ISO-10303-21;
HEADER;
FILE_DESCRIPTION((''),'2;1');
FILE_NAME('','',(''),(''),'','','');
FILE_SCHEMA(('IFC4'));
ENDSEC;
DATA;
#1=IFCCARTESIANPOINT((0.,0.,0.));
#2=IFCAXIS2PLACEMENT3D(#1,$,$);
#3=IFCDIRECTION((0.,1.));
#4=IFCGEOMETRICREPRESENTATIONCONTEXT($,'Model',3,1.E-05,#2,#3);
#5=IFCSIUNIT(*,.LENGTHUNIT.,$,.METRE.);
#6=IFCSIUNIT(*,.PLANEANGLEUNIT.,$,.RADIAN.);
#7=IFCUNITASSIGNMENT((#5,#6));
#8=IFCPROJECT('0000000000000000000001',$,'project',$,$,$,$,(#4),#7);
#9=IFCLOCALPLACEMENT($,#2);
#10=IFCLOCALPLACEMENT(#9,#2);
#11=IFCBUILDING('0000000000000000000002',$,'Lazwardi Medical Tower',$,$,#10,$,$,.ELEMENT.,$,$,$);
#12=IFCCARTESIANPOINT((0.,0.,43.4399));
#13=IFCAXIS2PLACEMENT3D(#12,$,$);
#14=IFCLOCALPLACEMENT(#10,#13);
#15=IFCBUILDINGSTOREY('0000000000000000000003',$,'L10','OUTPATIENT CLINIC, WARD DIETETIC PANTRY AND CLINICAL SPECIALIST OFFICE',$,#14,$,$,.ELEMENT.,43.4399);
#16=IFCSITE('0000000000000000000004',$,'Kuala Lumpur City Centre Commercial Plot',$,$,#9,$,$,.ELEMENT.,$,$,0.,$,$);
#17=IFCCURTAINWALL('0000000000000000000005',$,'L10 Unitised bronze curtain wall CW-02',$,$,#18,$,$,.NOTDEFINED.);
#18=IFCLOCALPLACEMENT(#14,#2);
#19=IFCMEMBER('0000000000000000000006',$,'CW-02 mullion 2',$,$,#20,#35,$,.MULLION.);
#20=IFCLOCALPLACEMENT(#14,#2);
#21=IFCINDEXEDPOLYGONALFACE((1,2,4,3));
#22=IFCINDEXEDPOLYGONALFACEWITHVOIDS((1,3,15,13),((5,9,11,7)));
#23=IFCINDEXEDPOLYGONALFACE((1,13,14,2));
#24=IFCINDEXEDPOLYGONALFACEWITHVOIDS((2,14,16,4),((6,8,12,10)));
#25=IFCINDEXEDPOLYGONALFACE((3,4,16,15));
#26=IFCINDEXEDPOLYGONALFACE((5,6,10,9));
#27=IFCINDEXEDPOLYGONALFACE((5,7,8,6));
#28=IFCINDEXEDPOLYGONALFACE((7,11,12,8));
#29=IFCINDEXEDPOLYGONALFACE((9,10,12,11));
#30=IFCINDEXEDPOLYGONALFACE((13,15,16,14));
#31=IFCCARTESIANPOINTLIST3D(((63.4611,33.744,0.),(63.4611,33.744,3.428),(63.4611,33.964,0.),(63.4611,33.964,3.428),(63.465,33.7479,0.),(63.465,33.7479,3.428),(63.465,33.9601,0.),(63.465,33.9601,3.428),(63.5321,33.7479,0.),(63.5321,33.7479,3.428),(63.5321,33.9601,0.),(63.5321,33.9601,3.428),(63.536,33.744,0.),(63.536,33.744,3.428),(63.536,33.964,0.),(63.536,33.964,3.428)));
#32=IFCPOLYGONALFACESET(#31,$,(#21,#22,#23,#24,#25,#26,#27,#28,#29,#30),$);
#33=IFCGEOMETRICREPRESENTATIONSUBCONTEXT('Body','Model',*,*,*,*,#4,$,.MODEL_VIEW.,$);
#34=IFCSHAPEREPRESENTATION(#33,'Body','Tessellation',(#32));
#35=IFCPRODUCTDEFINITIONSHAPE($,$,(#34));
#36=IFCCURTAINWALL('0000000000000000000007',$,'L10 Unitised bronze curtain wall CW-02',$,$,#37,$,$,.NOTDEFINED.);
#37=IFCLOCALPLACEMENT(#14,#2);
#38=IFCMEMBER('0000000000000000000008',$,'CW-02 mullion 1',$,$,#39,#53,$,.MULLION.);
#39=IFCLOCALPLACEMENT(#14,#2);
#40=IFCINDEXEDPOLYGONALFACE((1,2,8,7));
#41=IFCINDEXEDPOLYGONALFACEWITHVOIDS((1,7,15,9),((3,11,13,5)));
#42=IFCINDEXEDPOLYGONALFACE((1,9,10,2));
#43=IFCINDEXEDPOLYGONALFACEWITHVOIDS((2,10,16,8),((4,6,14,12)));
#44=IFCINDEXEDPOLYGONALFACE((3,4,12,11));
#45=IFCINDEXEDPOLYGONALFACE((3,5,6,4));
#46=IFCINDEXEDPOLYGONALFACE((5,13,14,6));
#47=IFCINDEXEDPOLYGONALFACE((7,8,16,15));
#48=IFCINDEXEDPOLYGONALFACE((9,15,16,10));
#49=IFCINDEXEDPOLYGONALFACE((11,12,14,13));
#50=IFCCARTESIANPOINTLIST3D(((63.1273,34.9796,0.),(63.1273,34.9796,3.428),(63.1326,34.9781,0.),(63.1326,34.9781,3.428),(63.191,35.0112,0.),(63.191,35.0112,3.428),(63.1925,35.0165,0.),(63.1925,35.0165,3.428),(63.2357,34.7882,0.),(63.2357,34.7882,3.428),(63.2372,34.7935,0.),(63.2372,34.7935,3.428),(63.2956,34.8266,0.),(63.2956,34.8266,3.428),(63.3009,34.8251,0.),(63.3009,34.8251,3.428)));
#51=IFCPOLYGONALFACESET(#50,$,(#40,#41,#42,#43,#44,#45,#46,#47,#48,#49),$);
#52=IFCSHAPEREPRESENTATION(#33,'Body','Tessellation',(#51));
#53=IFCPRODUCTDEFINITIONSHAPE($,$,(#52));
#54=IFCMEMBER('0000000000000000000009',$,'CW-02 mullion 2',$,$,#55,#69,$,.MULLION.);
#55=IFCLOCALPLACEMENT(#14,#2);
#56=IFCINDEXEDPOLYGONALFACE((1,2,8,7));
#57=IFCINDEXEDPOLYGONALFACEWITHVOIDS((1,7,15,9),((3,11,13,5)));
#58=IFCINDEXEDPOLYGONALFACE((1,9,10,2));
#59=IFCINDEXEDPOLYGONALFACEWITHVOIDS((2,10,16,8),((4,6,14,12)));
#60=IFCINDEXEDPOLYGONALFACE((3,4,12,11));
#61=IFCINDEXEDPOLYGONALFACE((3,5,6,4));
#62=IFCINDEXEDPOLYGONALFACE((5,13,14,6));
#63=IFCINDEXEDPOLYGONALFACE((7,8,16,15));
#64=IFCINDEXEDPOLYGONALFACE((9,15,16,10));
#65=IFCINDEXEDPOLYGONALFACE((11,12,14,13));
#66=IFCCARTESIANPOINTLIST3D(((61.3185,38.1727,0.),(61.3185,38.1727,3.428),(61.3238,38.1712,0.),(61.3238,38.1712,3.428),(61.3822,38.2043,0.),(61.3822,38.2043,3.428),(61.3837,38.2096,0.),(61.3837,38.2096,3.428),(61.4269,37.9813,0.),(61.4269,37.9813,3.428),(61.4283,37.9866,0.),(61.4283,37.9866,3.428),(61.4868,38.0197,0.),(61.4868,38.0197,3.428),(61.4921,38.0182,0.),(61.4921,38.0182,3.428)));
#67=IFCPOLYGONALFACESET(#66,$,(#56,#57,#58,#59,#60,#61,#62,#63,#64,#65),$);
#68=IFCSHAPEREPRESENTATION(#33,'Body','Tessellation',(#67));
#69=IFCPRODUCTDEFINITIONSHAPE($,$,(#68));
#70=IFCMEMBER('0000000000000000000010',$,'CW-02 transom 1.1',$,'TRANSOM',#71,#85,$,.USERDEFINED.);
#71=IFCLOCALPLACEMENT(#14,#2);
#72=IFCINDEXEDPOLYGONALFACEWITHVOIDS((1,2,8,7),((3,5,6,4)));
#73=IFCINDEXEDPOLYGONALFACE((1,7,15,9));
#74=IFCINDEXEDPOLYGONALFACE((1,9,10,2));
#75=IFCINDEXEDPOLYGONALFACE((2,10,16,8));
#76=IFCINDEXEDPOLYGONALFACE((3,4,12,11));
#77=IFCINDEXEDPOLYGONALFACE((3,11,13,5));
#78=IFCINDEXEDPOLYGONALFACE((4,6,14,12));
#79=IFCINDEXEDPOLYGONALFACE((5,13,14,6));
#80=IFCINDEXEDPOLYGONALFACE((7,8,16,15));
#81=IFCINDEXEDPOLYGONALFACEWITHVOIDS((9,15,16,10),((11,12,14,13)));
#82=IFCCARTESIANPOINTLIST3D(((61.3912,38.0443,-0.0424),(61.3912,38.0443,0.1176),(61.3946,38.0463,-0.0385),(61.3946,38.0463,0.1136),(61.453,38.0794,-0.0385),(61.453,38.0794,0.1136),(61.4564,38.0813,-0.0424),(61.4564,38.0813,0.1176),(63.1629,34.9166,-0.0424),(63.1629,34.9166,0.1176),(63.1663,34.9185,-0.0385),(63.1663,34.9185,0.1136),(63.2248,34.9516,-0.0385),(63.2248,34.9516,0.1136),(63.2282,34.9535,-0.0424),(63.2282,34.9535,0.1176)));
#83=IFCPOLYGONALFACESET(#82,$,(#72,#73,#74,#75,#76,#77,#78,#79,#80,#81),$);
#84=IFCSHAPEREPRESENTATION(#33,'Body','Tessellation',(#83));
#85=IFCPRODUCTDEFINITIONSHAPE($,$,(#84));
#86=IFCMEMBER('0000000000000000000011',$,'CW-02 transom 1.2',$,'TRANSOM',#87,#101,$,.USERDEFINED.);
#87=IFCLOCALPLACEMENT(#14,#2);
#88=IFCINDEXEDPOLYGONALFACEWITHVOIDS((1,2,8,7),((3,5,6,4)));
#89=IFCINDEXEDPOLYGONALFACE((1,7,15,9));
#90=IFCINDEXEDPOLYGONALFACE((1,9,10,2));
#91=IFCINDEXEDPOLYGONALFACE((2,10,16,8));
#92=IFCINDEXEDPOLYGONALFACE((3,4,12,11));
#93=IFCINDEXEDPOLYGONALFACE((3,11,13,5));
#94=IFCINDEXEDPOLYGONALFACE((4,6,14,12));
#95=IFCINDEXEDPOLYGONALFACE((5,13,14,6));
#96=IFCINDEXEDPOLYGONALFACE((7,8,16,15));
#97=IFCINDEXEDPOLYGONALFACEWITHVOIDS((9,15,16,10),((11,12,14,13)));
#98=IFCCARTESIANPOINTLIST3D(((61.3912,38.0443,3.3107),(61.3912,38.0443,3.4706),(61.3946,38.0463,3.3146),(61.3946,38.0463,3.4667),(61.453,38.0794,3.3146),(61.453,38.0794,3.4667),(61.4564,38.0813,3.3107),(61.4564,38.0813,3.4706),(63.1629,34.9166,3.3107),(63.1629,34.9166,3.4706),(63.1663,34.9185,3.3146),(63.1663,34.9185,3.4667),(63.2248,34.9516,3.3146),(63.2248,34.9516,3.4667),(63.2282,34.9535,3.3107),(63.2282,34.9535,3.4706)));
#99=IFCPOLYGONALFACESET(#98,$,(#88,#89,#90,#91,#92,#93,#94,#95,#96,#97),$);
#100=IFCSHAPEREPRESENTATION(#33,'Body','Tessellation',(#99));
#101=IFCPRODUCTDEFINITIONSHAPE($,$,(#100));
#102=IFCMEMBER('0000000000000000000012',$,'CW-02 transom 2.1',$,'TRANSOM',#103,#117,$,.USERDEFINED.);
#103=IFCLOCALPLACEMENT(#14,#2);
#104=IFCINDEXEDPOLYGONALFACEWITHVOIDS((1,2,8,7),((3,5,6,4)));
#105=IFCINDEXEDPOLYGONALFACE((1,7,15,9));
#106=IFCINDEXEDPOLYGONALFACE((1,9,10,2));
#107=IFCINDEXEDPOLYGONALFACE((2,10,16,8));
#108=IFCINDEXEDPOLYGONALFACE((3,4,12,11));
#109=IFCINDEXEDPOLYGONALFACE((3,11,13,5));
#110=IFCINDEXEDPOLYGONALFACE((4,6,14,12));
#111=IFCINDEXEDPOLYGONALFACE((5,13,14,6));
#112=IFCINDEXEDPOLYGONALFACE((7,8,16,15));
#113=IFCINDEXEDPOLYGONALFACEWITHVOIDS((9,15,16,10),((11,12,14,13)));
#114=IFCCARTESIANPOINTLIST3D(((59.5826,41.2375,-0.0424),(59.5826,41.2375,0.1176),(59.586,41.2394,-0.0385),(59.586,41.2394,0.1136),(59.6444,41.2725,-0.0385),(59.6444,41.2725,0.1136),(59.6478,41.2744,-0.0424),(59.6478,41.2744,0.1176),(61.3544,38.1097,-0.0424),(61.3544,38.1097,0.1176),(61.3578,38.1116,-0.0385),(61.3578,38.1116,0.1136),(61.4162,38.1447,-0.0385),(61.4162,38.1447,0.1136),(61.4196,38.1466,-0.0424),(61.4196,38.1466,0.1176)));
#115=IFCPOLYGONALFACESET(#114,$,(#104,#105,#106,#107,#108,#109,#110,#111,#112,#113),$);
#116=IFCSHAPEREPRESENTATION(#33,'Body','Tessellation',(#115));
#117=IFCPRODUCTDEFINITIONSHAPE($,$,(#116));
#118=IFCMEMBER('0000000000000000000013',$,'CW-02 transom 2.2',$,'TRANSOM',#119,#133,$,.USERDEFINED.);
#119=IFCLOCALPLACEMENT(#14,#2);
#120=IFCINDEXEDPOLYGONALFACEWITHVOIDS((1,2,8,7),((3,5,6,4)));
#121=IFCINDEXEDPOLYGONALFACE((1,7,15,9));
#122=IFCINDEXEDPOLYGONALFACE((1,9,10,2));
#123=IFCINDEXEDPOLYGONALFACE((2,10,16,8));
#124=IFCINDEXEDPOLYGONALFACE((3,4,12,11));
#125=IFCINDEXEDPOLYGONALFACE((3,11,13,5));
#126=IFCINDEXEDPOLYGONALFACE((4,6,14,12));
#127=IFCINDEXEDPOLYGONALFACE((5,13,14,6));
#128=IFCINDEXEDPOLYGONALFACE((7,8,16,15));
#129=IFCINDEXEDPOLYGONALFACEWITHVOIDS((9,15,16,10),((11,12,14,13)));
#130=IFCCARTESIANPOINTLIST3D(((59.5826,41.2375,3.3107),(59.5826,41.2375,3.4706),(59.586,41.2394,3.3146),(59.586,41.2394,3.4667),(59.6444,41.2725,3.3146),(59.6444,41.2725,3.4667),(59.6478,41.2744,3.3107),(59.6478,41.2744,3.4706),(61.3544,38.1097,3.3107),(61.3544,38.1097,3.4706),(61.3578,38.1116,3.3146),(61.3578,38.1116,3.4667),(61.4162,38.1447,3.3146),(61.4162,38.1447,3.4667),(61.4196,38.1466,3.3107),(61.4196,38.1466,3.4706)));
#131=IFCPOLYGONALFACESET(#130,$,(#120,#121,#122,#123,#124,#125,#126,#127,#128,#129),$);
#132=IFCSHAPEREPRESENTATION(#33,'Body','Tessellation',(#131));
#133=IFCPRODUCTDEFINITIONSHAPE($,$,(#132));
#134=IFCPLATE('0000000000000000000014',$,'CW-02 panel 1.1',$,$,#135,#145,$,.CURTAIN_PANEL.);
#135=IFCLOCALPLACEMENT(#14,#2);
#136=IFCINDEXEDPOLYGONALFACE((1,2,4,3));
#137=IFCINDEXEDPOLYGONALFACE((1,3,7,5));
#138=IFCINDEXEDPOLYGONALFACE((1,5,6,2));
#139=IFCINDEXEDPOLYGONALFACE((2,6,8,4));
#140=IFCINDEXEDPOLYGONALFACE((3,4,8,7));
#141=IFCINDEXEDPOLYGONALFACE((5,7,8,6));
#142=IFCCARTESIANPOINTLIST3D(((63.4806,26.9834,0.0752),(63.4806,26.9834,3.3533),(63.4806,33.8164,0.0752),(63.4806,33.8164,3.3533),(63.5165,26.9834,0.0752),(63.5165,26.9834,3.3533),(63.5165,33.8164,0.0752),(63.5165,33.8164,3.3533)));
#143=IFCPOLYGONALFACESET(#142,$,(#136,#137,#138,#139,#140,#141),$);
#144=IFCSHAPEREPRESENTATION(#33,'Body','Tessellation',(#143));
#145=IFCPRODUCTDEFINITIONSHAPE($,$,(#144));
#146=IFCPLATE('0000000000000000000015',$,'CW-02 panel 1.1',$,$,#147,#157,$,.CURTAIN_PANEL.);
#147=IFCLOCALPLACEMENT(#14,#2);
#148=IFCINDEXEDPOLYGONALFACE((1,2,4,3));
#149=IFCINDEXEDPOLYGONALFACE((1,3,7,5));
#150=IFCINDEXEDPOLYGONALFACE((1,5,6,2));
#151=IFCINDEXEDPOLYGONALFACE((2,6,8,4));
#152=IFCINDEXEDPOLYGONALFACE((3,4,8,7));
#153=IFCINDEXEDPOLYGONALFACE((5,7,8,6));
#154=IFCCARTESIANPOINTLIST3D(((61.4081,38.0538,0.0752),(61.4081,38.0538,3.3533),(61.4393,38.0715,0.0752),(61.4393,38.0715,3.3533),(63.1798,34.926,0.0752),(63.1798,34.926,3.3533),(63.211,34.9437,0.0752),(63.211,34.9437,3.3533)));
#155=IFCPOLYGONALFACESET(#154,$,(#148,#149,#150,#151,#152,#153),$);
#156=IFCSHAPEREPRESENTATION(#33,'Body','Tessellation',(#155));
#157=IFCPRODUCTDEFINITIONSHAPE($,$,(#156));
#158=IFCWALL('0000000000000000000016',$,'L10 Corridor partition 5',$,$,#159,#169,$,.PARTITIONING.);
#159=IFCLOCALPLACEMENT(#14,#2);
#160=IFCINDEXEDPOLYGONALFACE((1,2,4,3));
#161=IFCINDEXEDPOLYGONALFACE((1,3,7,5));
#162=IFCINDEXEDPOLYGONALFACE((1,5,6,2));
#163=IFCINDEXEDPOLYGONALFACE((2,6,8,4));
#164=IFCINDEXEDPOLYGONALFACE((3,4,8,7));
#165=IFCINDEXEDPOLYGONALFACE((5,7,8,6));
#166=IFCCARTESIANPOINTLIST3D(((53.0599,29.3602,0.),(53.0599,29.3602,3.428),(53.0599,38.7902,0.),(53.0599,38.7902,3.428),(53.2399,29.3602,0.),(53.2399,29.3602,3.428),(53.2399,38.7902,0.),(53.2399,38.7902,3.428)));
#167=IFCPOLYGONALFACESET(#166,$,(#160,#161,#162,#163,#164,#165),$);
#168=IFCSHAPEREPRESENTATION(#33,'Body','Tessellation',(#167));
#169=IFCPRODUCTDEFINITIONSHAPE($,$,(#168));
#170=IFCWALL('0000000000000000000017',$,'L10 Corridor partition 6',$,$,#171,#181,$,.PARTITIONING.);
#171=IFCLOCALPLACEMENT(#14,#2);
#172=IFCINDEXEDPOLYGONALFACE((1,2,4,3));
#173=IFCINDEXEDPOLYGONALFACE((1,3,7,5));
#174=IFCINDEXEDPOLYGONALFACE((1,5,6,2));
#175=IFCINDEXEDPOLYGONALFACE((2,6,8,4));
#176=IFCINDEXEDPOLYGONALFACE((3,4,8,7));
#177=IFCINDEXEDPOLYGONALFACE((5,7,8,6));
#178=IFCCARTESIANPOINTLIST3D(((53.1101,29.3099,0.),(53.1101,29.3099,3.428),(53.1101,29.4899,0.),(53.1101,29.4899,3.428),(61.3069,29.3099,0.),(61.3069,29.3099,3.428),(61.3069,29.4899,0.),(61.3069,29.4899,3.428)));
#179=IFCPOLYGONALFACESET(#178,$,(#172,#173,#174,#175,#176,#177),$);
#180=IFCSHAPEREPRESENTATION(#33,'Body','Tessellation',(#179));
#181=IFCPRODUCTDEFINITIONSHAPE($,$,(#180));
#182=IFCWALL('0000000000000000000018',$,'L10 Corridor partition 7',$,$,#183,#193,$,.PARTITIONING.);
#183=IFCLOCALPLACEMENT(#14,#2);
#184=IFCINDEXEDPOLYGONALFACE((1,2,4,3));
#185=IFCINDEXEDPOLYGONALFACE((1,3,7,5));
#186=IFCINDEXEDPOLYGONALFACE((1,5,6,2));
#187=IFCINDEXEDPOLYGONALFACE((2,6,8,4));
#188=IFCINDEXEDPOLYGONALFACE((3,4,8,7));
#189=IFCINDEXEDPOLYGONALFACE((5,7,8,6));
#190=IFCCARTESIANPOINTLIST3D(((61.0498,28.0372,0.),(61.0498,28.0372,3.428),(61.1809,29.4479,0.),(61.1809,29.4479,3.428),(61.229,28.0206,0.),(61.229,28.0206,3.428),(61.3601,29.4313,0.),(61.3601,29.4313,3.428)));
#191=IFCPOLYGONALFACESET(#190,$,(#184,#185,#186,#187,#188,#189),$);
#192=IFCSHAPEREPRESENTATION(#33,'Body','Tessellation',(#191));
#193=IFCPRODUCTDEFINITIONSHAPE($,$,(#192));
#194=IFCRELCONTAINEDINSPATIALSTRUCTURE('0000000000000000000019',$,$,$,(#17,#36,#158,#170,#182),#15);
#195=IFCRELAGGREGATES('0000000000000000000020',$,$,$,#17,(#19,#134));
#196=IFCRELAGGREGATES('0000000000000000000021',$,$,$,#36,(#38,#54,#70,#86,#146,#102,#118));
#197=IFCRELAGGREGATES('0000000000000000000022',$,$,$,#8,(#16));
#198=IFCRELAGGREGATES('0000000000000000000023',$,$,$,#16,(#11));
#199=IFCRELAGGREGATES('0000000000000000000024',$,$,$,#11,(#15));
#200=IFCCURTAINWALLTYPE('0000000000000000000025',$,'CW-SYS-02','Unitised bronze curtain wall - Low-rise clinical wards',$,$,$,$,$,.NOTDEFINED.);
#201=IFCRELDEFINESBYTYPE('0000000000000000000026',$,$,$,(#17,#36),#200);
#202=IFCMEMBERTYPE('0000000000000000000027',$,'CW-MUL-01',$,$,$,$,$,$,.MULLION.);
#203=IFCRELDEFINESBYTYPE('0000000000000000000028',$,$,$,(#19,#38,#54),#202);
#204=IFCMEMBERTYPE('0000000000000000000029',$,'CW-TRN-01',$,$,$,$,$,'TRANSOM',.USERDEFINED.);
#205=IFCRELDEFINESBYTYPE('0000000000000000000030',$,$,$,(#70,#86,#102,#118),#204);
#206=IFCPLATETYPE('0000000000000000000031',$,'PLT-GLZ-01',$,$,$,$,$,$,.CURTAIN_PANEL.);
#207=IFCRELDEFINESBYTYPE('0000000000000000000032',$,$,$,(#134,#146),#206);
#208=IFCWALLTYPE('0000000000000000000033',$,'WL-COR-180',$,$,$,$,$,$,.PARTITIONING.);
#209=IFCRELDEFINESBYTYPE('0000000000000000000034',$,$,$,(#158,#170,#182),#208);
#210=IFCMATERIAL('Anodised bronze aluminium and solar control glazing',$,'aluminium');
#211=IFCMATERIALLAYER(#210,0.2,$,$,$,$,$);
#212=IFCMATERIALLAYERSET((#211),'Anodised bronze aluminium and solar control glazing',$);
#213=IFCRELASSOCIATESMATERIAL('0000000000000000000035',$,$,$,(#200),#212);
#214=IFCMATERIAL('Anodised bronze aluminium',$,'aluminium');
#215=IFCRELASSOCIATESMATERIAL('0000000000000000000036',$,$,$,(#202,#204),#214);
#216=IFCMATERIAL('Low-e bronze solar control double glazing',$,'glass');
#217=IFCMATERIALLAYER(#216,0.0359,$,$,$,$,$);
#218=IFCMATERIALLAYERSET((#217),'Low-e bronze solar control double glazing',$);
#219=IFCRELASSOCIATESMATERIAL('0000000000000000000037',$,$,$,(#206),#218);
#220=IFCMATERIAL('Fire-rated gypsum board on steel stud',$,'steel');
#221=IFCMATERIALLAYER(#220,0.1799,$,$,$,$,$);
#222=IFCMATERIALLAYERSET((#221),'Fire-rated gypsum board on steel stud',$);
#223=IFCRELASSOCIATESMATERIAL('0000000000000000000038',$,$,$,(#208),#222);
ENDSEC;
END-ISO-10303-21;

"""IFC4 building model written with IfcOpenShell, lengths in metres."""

from ifc_helpers import new_model, si_unit, direction, frame, frame_2d, origin, origin_2d, place, context, subcontext, project, spatial, rectangle, hollow_rectangle, extrude, material, layer, layer_set, material_profile, profile_set, type_object, element, aggregate, save


model = new_model("IFC4")

# Units and contexts
model_context = context("Model", 3, precision=1e-05, world=origin(), true_north=direction((0.0, 1.0)))
body_context = subcontext(model_context, "Body", "Model", "MODEL_VIEW")
ifc_project = project(units=[si_unit("LENGTHUNIT", "METRE"), si_unit("PLANEANGLEUNIT", "RADIAN")], contexts=[model_context])

# Site, building, storey
site_placement = place(None, origin())
site = spatial("IfcSite", under=ifc_project, at=site_placement, Name="Kuala Lumpur City Centre Commercial Plot", CompositionType="ELEMENT", RefElevation=0.0)
building_placement = place(site_placement, origin())
building = spatial("IfcBuilding", under=site, at=building_placement, Name="Lazwardi Medical Tower", CompositionType="ELEMENT")
storey_placement = place(building_placement, frame((0.0, 0.0, 43.4399)))
storey = spatial("IfcBuildingStorey", under=building, at=storey_placement, Name="L10", Description="OUTPATIENT CLINIC, WARD DIETETIC PANTRY AND CLINICAL SPECIALIST OFFICE", CompositionType="ELEMENT", Elevation=43.4399)

# Curtain wall, member
ifc_material_1 = material(Name="Anodised bronze aluminium and solar control glazing", Category="aluminium")
ifc_layer_1 = layer(ifc_material_1, 0.2)
ifc_layer_set_1 = layer_set([ifc_layer_1], Name="Anodised bronze aluminium and solar control glazing")
curtain_wall_type = type_object("IfcCurtainWallType", Name="CW-SYS-02", Description="Unitised bronze curtain wall - Low-rise clinical wards", PredefinedType="NOTDEFINED", material=ifc_layer_set_1)
curtain_wall_1_placement = place(storey_placement, origin())
curtain_wall_1 = element("IfcCurtainWall", 1, at=curtain_wall_1_placement, inside=storey, type_object=curtain_wall_type, Name="L10 Unitised bronze curtain wall CW-02", PredefinedType="NOTDEFINED")
ifc_material_2 = material(Name="Anodised bronze aluminium", Category="aluminium")
ifc_material_profile_1 = material_profile(ifc_material_2, hollow_rectangle(XDim=0.075, YDim=0.22, WallThickness=0.0039, at=origin_2d()), Name="ALU-MULLION 220x75x4")
ifc_profile_set_1 = profile_set([ifc_material_profile_1], Name="Anodised bronze aluminium")
member_type_1 = type_object("IfcMemberType", Name="CW-MUL-01", PredefinedType="MULLION", material=ifc_profile_set_1)
member_1_placement = place(storey_placement, frame((63.4985, 33.854, 0.0), z_axis=(0.0, 0.0, 1.0), x_axis=(-1.0, 0.0, 0.0)))
member_1 = element("IfcMember", 2, at=member_1_placement, type_object=member_type_1, Name="CW-02 mullion 2", PredefinedType="MULLION", context=body_context, shape_type="SweptSolid", body=[
    extrude(hollow_rectangle(XDim=0.075, YDim=0.22, WallThickness=0.0039, at=origin_2d()), origin(), (0.0, 0.0, 1.0), 3.428),
])

# Curtain wall, members
curtain_wall_2_placement = place(storey_placement, origin())
curtain_wall_2 = element("IfcCurtainWall", 3, at=curtain_wall_2_placement, inside=storey, type_object=curtain_wall_type, Name="L10 Unitised bronze curtain wall CW-02", PredefinedType="NOTDEFINED")
member_2_placement = place(storey_placement, frame((63.2141, 34.9023, 0.0), z_axis=(0.0, 0.0, 1.0), x_axis=(-0.870112, -0.492854, 0.0)))
member_2 = element("IfcMember", 4, at=member_2_placement, type_object=member_type_1, Name="CW-02 mullion 1", PredefinedType="MULLION", context=body_context, shape_type="SweptSolid", body=[
    extrude(hollow_rectangle(XDim=0.075, YDim=0.22, WallThickness=0.0039, at=origin_2d()), origin(), (0.0, 0.0, 1.0), 3.428),
])
member_3_placement = place(storey_placement, frame((61.4053, 38.0955, 0.0), z_axis=(0.0, 0.0, 1.0), x_axis=(-0.870112, -0.492854, 0.0)))
member_3 = element("IfcMember", 5, at=member_3_placement, type_object=member_type_1, Name="CW-02 mullion 2", PredefinedType="MULLION", context=body_context, shape_type="SweptSolid", body=[
    extrude(hollow_rectangle(XDim=0.075, YDim=0.22, WallThickness=0.0039, at=origin_2d()), origin(), (0.0, 0.0, 1.0), 3.428),
])
ifc_material_profile_2 = material_profile(ifc_material_2, hollow_rectangle(XDim=0.075, YDim=0.1599, WallThickness=0.0039, at=origin_2d()), Name="ALU-TRANSOM 160x75x4")
ifc_profile_set_2 = profile_set([ifc_material_profile_2], Name="Anodised bronze aluminium")
member_type_2 = type_object("IfcMemberType", Name="CW-TRN-01", ElementType="TRANSOM", PredefinedType="USERDEFINED", material=ifc_profile_set_2)
member_4_placement = place(storey_placement, frame((63.1956, 34.9351, 0.0376), z_axis=(-0.492881, 0.870097, 0.0), x_axis=(-0.870097, -0.492881, 0.0)))
member_4 = element("IfcMember", 6, at=member_4_placement, type_object=member_type_2, Name="CW-02 transom 1.1", ObjectType="TRANSOM", PredefinedType="USERDEFINED", context=body_context, shape_type="SweptSolid", body=[
    extrude(hollow_rectangle(XDim=0.075, YDim=0.1599, WallThickness=0.0039, at=origin_2d()), origin(), (0.0, 0.0, 1.0), 3.5947),
])
member_5_placement = place(storey_placement, frame((63.1956, 34.9351, 3.3906), z_axis=(-0.492881, 0.870097, 0.0), x_axis=(-0.870097, -0.492881, 0.0)))
member_5 = element("IfcMember", 7, at=member_5_placement, type_object=member_type_2, Name="CW-02 transom 1.2", ObjectType="TRANSOM", PredefinedType="USERDEFINED", context=body_context, shape_type="SweptSolid", body=[
    extrude(hollow_rectangle(XDim=0.075, YDim=0.1599, WallThickness=0.0039, at=origin_2d()), origin(), (0.0, 0.0, 1.0), 3.5947),
])
member_6_placement = place(storey_placement, frame((61.387, 38.1282, 0.0376), z_axis=(-0.492881, 0.870097, 0.0), x_axis=(-0.870097, -0.492881, 0.0)))
member_6 = element("IfcMember", 8, at=member_6_placement, type_object=member_type_2, Name="CW-02 transom 2.1", ObjectType="TRANSOM", PredefinedType="USERDEFINED", context=body_context, shape_type="SweptSolid", body=[
    extrude(hollow_rectangle(XDim=0.075, YDim=0.1599, WallThickness=0.0039, at=origin_2d()), origin(), (0.0, 0.0, 1.0), 3.5947),
])
member_7_placement = place(storey_placement, frame((61.387, 38.1282, 3.3906), z_axis=(-0.492881, 0.870097, 0.0), x_axis=(-0.870097, -0.492881, 0.0)))
member_7 = element("IfcMember", 9, at=member_7_placement, type_object=member_type_2, Name="CW-02 transom 2.2", ObjectType="TRANSOM", PredefinedType="USERDEFINED", context=body_context, shape_type="SweptSolid", body=[
    extrude(hollow_rectangle(XDim=0.075, YDim=0.1599, WallThickness=0.0039, at=origin_2d()), origin(), (0.0, 0.0, 1.0), 3.5947),
])

# Plates
ifc_material_3 = material(Name="Low-e bronze solar control double glazing", Category="glass")
ifc_layer_2 = layer(ifc_material_3, 0.0359)
ifc_layer_set_2 = layer_set([ifc_layer_2], Name="Low-e bronze solar control double glazing")
plate_type = type_object("IfcPlateType", Name="PLT-GLZ-01", PredefinedType="CURTAIN_PANEL", material=ifc_layer_set_2)
plate_1_placement = place(storey_placement, frame((63.4985, 30.3999, 0.0752), z_axis=(0.0, 0.0, 1.0), x_axis=(0.0, 1.0, 0.0)))
plate_1 = element("IfcPlate", 10, at=plate_1_placement, type_object=plate_type, Name="CW-02 panel 1.1", PredefinedType="CURTAIN_PANEL", context=body_context, shape_type="SweptSolid", body=[
    extrude(rectangle(XDim=6.833, YDim=0.0359, at=origin_2d()), origin(), (0.0, 0.0, 1.0), 3.2781),
])
aggregate(curtain_wall_1, [member_1, plate_1])
plate_2_placement = place(storey_placement, frame((62.3096, 36.4988, 0.0752), z_axis=(0.0, 0.0, 1.0), x_axis=(-0.492854, 0.870112, 0.0)))
plate_2 = element("IfcPlate", 11, at=plate_2_placement, type_object=plate_type, Name="CW-02 panel 1.1", PredefinedType="CURTAIN_PANEL", context=body_context, shape_type="SweptSolid", body=[
    extrude(rectangle(XDim=3.5947, YDim=0.0359, at=origin_2d()), origin(), (0.0, 0.0, 1.0), 3.2781),
])
aggregate(curtain_wall_2, [member_2, member_3, member_4, member_5, plate_2, member_6, member_7])

# Walls
ifc_material_4 = material(Name="Fire-rated gypsum board on steel stud", Category="steel")
ifc_layer_3 = layer(ifc_material_4, 0.1799)
ifc_layer_set_3 = layer_set([ifc_layer_3], Name="Fire-rated gypsum board on steel stud")
wall_type_1 = type_object("IfcWallType", Name="WL-COR-180", PredefinedType="PARTITIONING", material=ifc_layer_set_3)
wall_1_placement = place(storey_placement, frame((53.1499, 38.79, 0.0), z_axis=(0.0, 0.0, 1.0), x_axis=(0.0, -1.0, 0.0)))
element("IfcWall", 12, at=wall_1_placement, inside=storey, type_object=wall_type_1, Name="L10 Corridor partition 5", PredefinedType="PARTITIONING", context=body_context, shape_type="SweptSolid", body=[
    extrude(rectangle(XDim=9.4299, YDim=0.1799, at=frame_2d((4.7148, 0.0))), origin(), (0.0, 0.0, 1.0), 3.428),
])
wall_2_placement = place(storey_placement, frame((53.1101, 29.3999, 0.0), z_axis=(0.0, 0.0, 1.0), x_axis=(1.0, 0.0, 0.0)))
element("IfcWall", 13, at=wall_2_placement, inside=storey, type_object=wall_type_1, Name="L10 Corridor partition 6", PredefinedType="PARTITIONING", context=body_context, shape_type="SweptSolid", body=[
    extrude(rectangle(XDim=8.1968, YDim=0.1799, at=frame_2d((4.0984, 0.0))), origin(), (0.0, 0.0, 1.0), 3.428),
])
wall_3_placement = place(storey_placement, frame((61.2705, 29.4397, 0.0), z_axis=(0.0, 0.0, 1.0), x_axis=(-0.09254, -0.995709, 0.0)))
element("IfcWall", 14, at=wall_3_placement, inside=storey, type_object=wall_type_1, Name="L10 Corridor partition 7", PredefinedType="PARTITIONING", context=body_context, shape_type="SweptSolid", body=[
    extrude(rectangle(XDim=1.4167, YDim=0.1799, at=frame_2d((0.7085, 0.0))), origin(), (0.0, 0.0, 1.0), 3.428),
])

save(model, "model.ifc")
